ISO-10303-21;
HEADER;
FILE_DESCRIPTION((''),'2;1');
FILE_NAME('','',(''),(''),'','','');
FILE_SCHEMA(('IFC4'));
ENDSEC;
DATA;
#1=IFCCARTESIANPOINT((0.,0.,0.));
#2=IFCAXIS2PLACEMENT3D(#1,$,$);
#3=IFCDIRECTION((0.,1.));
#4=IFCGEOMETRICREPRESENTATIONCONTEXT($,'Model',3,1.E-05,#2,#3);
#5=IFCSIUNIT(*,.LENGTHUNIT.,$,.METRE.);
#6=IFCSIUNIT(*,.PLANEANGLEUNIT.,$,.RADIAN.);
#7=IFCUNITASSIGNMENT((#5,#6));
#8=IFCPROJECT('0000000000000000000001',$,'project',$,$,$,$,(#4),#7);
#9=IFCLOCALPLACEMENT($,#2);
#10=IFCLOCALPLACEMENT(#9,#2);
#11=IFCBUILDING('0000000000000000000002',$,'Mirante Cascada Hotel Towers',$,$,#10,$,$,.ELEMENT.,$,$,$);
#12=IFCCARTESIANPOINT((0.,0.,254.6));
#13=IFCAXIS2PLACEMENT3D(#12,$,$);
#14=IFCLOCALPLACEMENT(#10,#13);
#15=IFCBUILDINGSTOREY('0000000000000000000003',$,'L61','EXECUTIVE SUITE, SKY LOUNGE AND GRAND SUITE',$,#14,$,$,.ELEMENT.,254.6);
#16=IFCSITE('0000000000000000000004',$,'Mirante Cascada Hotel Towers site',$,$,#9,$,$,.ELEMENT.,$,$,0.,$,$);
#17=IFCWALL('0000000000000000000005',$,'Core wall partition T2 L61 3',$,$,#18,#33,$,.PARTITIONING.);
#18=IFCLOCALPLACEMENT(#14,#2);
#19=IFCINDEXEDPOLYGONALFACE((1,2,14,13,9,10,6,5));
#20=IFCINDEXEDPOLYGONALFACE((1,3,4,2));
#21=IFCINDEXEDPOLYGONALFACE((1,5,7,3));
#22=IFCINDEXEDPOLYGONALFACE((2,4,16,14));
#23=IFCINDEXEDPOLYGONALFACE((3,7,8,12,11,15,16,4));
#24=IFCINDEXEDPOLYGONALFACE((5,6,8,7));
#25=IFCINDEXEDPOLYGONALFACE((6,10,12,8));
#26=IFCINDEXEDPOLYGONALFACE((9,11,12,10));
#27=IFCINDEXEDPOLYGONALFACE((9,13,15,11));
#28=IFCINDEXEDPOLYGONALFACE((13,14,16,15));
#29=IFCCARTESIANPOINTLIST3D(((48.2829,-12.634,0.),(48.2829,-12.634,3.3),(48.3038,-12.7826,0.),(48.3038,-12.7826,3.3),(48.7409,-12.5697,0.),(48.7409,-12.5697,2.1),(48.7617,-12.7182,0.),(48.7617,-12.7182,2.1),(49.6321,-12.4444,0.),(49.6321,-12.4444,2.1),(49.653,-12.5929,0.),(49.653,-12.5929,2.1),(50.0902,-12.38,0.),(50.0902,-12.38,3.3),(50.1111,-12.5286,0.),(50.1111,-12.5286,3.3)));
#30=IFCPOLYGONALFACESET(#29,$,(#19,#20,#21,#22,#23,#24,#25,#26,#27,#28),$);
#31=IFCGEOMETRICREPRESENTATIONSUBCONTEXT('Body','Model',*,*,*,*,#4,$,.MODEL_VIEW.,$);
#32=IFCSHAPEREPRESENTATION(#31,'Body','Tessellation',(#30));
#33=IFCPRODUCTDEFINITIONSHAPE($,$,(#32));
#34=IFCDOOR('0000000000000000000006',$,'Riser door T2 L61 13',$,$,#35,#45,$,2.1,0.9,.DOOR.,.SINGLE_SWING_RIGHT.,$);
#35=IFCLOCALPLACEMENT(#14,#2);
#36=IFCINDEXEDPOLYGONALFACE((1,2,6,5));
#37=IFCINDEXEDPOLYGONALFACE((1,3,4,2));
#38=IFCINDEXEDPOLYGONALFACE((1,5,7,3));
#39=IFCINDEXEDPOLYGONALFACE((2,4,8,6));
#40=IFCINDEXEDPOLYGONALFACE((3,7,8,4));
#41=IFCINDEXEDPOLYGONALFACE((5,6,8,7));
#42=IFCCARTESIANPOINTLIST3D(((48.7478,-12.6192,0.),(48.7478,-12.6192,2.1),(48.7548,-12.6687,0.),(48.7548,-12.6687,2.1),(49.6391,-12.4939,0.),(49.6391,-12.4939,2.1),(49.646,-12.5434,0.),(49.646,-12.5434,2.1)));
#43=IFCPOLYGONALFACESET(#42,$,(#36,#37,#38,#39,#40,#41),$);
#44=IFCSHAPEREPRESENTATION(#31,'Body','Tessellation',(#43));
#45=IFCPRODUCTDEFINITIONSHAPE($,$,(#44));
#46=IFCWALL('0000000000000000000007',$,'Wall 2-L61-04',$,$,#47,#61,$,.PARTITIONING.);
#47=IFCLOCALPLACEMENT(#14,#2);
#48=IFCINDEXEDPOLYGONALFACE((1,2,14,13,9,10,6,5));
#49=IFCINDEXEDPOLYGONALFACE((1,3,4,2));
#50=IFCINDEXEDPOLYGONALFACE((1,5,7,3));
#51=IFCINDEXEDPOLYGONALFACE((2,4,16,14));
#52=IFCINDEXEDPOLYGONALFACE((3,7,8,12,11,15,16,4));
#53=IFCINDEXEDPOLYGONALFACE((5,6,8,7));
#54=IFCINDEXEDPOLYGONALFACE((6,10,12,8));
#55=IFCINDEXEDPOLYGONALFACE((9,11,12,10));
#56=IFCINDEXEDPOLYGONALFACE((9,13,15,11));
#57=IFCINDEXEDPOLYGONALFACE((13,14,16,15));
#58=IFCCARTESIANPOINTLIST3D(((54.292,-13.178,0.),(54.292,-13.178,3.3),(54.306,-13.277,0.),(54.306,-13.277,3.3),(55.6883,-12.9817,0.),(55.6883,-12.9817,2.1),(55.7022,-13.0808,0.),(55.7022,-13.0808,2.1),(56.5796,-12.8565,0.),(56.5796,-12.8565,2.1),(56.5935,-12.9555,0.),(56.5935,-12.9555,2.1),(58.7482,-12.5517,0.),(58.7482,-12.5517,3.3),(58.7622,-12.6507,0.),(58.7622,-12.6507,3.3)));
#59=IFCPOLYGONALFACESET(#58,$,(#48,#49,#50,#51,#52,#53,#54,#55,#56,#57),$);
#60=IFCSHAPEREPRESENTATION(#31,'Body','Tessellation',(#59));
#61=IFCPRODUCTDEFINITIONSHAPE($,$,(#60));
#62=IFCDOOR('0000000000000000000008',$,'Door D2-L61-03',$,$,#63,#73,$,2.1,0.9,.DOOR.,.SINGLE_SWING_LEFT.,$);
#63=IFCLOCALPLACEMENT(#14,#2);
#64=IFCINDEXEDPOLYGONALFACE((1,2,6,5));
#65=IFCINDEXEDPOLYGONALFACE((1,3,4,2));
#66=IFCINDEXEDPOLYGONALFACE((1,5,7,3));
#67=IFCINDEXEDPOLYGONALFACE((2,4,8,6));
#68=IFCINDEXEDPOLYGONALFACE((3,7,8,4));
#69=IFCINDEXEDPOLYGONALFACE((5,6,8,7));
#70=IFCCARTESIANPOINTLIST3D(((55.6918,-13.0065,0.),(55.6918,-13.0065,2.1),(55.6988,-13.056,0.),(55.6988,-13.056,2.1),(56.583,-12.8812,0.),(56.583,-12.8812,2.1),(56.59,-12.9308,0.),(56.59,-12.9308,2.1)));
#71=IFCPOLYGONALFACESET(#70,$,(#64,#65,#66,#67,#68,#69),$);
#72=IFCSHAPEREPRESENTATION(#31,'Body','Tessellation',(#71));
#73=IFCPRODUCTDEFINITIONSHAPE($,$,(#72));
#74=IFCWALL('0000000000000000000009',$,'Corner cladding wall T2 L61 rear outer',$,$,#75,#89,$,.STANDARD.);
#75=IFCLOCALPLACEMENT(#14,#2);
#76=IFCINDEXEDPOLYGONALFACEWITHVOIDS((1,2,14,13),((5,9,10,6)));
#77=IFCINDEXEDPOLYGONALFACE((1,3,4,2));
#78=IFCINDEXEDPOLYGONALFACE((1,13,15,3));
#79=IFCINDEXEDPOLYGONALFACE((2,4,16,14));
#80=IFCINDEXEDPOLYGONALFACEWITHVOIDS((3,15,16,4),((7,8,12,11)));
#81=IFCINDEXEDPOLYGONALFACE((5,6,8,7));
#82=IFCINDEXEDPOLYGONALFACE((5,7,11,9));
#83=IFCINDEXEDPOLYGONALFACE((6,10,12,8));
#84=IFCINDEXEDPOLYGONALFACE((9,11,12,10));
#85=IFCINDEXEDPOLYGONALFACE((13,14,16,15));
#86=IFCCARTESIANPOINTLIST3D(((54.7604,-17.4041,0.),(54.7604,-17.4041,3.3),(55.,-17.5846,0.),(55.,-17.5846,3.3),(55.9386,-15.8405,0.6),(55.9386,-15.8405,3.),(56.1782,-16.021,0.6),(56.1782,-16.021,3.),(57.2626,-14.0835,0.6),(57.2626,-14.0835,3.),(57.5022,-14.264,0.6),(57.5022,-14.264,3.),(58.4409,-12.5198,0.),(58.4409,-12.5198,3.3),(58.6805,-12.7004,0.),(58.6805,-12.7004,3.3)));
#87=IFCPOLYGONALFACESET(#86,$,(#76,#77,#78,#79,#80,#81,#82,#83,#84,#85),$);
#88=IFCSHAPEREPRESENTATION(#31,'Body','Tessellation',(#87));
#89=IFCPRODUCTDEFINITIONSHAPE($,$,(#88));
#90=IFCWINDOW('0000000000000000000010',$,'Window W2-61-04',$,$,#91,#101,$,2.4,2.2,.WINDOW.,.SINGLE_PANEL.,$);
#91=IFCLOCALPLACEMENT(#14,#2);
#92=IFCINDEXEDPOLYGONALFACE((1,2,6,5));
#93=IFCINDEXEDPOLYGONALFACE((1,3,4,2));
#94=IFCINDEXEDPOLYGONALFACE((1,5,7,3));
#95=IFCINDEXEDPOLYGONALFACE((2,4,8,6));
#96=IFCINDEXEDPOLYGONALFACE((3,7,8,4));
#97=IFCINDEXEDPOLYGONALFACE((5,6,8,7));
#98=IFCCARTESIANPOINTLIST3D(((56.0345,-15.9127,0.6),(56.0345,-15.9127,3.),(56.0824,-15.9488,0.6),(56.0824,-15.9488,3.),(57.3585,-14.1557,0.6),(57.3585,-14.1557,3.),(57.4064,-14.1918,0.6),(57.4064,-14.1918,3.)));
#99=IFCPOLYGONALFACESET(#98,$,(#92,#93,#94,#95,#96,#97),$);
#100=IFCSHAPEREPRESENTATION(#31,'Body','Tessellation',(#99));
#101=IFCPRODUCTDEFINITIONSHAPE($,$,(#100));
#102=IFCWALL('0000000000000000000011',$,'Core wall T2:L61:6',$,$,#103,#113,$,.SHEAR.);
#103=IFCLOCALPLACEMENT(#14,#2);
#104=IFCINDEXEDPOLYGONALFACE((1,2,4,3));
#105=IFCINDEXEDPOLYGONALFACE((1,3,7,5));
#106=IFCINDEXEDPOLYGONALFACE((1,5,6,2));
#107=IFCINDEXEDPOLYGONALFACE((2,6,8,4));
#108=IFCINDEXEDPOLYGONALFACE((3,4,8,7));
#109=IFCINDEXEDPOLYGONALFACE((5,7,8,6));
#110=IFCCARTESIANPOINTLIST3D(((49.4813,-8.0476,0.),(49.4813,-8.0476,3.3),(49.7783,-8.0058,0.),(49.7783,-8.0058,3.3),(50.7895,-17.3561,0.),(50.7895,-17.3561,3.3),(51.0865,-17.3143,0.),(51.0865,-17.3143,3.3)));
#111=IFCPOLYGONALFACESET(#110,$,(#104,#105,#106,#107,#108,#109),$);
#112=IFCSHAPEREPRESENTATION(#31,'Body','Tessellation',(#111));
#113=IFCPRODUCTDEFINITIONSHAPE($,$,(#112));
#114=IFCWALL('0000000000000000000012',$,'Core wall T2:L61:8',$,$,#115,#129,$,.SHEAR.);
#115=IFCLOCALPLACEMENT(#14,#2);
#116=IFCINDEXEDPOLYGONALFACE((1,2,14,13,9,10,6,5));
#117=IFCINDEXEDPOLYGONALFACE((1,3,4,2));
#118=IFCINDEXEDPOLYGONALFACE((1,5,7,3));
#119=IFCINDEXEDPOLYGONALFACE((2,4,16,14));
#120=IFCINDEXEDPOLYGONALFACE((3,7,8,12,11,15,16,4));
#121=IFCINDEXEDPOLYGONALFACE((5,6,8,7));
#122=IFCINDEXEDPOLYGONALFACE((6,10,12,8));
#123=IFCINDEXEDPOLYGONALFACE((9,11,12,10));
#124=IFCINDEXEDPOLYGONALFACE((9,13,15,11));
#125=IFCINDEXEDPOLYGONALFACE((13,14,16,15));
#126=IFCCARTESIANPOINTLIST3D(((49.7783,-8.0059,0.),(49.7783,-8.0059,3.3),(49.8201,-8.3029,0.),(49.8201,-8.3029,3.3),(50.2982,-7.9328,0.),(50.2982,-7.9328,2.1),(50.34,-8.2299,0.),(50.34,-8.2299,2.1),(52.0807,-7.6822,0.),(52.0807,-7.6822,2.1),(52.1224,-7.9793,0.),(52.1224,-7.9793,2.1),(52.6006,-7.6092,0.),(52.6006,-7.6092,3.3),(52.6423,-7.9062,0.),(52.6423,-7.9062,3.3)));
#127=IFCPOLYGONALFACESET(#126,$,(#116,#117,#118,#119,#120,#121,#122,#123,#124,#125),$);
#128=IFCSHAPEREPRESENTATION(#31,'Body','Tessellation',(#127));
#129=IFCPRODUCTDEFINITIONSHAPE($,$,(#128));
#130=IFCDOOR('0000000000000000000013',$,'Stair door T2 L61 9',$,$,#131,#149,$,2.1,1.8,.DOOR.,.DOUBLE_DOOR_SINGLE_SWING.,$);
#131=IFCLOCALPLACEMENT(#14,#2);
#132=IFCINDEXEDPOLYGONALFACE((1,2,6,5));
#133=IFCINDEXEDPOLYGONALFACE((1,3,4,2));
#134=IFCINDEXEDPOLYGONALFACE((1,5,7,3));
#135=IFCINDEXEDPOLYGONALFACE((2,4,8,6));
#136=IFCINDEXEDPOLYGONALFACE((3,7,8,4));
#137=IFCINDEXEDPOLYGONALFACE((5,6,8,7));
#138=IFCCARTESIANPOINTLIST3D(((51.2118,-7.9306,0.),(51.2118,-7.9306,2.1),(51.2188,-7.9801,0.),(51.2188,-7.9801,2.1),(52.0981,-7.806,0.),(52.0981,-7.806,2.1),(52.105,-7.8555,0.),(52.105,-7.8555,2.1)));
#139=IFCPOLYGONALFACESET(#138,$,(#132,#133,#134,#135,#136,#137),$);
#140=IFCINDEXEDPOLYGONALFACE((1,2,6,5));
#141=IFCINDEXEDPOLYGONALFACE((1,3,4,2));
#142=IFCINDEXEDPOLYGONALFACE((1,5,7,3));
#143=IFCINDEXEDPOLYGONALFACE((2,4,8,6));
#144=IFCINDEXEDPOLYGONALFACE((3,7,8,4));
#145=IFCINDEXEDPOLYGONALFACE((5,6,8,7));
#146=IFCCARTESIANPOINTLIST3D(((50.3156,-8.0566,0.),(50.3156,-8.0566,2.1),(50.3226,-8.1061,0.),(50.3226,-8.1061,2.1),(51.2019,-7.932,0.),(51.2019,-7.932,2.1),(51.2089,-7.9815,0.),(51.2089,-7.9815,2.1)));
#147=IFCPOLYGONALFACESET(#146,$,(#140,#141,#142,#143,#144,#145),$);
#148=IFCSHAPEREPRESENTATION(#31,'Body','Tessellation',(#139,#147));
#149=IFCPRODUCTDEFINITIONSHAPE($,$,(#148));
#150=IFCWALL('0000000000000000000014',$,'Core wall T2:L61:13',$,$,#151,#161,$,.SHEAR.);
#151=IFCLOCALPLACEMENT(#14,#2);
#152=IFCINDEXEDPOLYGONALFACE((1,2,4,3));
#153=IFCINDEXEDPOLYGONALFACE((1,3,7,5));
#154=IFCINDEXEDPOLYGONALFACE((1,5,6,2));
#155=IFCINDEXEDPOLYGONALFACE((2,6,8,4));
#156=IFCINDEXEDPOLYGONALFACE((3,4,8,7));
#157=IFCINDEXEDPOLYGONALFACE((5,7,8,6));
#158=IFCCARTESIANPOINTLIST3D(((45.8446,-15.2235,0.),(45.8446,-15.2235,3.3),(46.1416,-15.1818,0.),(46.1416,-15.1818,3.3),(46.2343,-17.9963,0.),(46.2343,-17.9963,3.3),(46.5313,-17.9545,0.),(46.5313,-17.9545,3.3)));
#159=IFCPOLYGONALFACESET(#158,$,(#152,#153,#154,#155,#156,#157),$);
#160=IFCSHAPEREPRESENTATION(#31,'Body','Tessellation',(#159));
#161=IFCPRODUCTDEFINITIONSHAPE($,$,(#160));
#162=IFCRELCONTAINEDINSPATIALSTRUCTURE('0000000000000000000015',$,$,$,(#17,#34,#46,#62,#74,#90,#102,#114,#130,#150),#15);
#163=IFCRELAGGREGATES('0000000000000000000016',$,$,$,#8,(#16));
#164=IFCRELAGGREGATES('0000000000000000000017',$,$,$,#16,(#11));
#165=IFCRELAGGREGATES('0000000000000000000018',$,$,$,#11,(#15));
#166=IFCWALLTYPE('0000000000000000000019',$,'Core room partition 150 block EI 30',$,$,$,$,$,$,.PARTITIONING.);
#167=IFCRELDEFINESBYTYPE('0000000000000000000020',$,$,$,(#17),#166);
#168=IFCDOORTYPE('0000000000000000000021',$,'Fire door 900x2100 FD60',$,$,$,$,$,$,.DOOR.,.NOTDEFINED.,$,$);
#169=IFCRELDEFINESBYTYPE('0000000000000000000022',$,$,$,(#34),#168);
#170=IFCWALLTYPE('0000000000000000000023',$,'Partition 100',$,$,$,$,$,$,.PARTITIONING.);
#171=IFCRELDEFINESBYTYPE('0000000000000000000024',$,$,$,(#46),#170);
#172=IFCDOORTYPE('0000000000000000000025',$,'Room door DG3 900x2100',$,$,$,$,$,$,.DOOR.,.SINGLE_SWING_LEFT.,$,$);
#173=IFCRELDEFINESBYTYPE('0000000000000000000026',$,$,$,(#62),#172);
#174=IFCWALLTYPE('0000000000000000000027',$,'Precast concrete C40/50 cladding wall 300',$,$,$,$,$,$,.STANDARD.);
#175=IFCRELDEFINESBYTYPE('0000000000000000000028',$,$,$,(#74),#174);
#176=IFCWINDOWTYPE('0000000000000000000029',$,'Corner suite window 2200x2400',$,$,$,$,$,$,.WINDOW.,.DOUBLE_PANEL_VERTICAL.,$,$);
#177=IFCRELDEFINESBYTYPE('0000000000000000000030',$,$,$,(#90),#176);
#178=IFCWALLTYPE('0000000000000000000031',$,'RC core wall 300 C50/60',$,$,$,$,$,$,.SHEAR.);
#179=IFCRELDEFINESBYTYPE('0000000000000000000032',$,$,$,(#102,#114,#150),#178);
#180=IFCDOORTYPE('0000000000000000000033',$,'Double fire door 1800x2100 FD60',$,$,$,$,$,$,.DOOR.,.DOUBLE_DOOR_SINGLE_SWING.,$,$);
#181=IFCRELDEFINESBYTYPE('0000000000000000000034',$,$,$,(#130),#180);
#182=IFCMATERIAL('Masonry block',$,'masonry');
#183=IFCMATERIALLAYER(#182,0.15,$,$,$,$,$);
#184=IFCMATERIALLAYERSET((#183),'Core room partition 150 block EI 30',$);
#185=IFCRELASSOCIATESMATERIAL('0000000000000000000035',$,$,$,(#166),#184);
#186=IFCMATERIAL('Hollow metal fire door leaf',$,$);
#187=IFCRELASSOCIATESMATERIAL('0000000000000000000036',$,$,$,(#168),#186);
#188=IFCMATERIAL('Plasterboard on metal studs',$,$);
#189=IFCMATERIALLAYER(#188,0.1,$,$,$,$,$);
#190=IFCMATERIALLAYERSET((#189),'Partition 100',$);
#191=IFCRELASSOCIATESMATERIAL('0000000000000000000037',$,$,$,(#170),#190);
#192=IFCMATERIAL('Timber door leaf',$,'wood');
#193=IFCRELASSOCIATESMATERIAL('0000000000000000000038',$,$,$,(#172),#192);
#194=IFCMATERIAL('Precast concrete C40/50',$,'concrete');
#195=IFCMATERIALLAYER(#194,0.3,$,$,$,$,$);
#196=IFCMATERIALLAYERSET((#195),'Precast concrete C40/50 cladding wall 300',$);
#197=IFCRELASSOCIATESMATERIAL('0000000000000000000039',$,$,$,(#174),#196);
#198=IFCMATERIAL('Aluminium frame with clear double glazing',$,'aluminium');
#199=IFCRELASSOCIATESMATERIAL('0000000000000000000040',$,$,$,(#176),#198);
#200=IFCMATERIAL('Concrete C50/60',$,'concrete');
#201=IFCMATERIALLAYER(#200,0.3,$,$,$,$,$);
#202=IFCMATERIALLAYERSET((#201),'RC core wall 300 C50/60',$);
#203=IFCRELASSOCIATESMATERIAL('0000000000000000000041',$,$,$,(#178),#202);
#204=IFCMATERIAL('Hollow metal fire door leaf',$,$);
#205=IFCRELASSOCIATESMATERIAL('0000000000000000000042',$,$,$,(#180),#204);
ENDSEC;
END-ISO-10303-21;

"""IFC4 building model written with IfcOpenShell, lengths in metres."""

from ifc_helpers import new_model, si_unit, direction, frame, frame_2d, origin, place, context, subcontext, project, spatial, rectangle, extrude, material, layer, layer_set, type_object, element, fill, save


model = new_model("IFC4")

# Units and contexts
model_context = context("Model", 3, precision=1e-05, world=origin(), true_north=direction((0.0, 1.0)))
body_context = subcontext(model_context, "Body", "Model", "MODEL_VIEW")
ifc_project = project(units=[si_unit("LENGTHUNIT", "METRE"), si_unit("PLANEANGLEUNIT", "RADIAN")], contexts=[model_context])

# Site, building, storey
site_placement = place(None, origin())
site = spatial("IfcSite", under=ifc_project, at=site_placement, Name="Mirante Cascada Hotel Towers site", CompositionType="ELEMENT", RefElevation=0.0)
building_placement = place(site_placement, origin())
building = spatial("IfcBuilding", under=site, at=building_placement, Name="Mirante Cascada Hotel Towers", CompositionType="ELEMENT")
storey_placement = place(building_placement, frame((0.0, 0.0, 254.6)))
storey = spatial("IfcBuildingStorey", under=building, at=storey_placement, Name="L61", Description="EXECUTIVE SUITE, SKY LOUNGE AND GRAND SUITE", CompositionType="ELEMENT", Elevation=254.6)

# Shared definitions
ifc_material_1 = material(Name="Masonry block", Category="masonry")
ifc_layer_1 = layer(ifc_material_1, 0.15)
ifc_layer_set_1 = layer_set([ifc_layer_1], Name="Core room partition 150 block EI 30")
wall_type_1 = type_object("IfcWallType", Name="Core room partition 150 block EI 30", PredefinedType="PARTITIONING", material=ifc_layer_set_1)

# Walls, openings, doors
wall_1_placement = place(storey_placement, frame((48.2933, -12.7083, 0.0), z_axis=(0.0, 0.0, 1.0), x_axis=(0.990268, 0.139173, 0.0)))
wall_1 = element("IfcWall", 1, at=wall_1_placement, inside=storey, type_object=wall_type_1, Name="Core wall partition T2 L61 3", PredefinedType="PARTITIONING", context=body_context, shape_type="SweptSolid", body=[
    extrude(rectangle(XDim=1.8251, YDim=0.15, at=frame_2d((0.9126, 0.0))), origin(), (0.0, 0.0, 1.0), 3.3),
])
opening_1_placement = place(wall_1_placement, frame((0.4625, 0.0, 0.0)))
opening_1 = element("IfcOpeningElement", 2, at=opening_1_placement, cuts=wall_1, PredefinedType="OPENING", context=body_context, shape_type="SweptSolid", body=[
    extrude(rectangle(XDim=0.9, YDim=2.1, at=frame_2d((0.45, 1.05))), frame((0.0, 0.075, 0.0), z_axis=(0.0, -1.0, 0.0), x_axis=(1.0, 0.0, 0.0)), (0.0, 0.0, 1.0), 0.15),
])
ifc_material_2 = material(Name="Hollow metal fire door leaf")
door_type_1 = type_object("IfcDoorType", Name="Fire door 900x2100 FD60", OperationType="NOTDEFINED", PredefinedType="DOOR", material=ifc_material_2)
door_1_placement = place(opening_1_placement, frame((0.9, 0.0, 0.0), z_axis=(0.0, 0.0, 1.0), x_axis=(-1.0, 0.0, 0.0)))
door_1 = element("IfcDoor", 3, at=door_1_placement, inside=storey, type_object=door_type_1, Name="Riser door T2 L61 13", OperationType="SINGLE_SWING_RIGHT", OverallHeight=2.1, OverallWidth=0.9, PredefinedType="DOOR", context=body_context, shape_type="SweptSolid", body=[
    extrude(rectangle(XDim=0.9, YDim=2.1, at=frame_2d((0.45, 1.05))), frame((0.0, 0.025, 0.0), z_axis=(0.0, -1.0, 0.0), x_axis=(1.0, 0.0, 0.0)), (0.0, 0.0, 1.0), 0.05),
])
fill(opening_1, door_1)
ifc_material_3 = material(Name="Plasterboard on metal studs")
ifc_layer_2 = layer(ifc_material_3, 0.1)
ifc_layer_set_2 = layer_set([ifc_layer_2], Name="Partition 100")
wall_type_2 = type_object("IfcWallType", Name="Partition 100", PredefinedType="PARTITIONING", material=ifc_layer_set_2)
wall_2_placement = place(storey_placement, frame((54.299, -13.2275, 0.0), z_axis=(0.0, 0.0, 1.0), x_axis=(0.990267, 0.139178, 0.0)))
wall_2 = element("IfcWall", 4, at=wall_2_placement, inside=storey, type_object=wall_type_2, Name="Wall 2-L61-04", PredefinedType="PARTITIONING", context=body_context, shape_type="SweptSolid", body=[
    extrude(rectangle(XDim=4.5, YDim=0.1, at=frame_2d((2.25, 0.0))), origin(), (0.0, 0.0, 1.0), 3.3),
])
opening_2_placement = place(wall_2_placement, frame((1.41, 0.0, 0.0)))
opening_2 = element("IfcOpeningElement", 5, at=opening_2_placement, cuts=wall_2, PredefinedType="OPENING", context=body_context, shape_type="SweptSolid", body=[
    extrude(rectangle(XDim=0.9, YDim=2.1, at=frame_2d((0.45, 1.05))), frame((0.0, 0.05, 0.0), z_axis=(0.0, -1.0, 0.0), x_axis=(1.0, 0.0, 0.0)), (0.0, 0.0, 1.0), 0.1),
])
ifc_material_4 = material(Name="Timber door leaf", Category="wood")
door_type_2 = type_object("IfcDoorType", Name="Room door DG3 900x2100", OperationType="SINGLE_SWING_LEFT", PredefinedType="DOOR", material=ifc_material_4)
door_2_placement = place(opening_2_placement, origin())
door_2 = element("IfcDoor", 6, at=door_2_placement, inside=storey, type_object=door_type_2, Name="Door D2-L61-03", OperationType="SINGLE_SWING_LEFT", OverallHeight=2.1, OverallWidth=0.9, PredefinedType="DOOR", context=body_context, shape_type="SweptSolid", body=[
    extrude(rectangle(XDim=0.9, YDim=2.1, at=frame_2d((0.45, 1.05))), frame((0.0, 0.025, 0.0), z_axis=(0.0, -1.0, 0.0), x_axis=(1.0, 0.0, 0.0)), (0.0, 0.0, 1.0), 0.05),
])
fill(opening_2, door_2)

# Wall, opening, window
ifc_material_5 = material(Name="Precast concrete C40/50", Category="concrete")
ifc_layer_3 = layer(ifc_material_5, 0.3)
ifc_layer_set_3 = layer_set([ifc_layer_3], Name="Precast concrete C40/50 cladding wall 300")
wall_type_3 = type_object("IfcWallType", Name="Precast concrete C40/50 cladding wall 300", PredefinedType="STANDARD", material=ifc_layer_set_3)
wall_3_placement = place(storey_placement, frame((54.8802, -17.4943, 0.0), z_axis=(0.0, 0.0, 1.0), x_axis=(0.601814, 0.798636, 0.0)))
wall_3 = element("IfcWall", 7, at=wall_3_placement, inside=storey, type_object=wall_type_3, Name="Corner cladding wall T2 L61 rear outer", PredefinedType="STANDARD", context=body_context, shape_type="SweptSolid", body=[
    extrude(rectangle(XDim=6.1157, YDim=0.3, at=frame_2d((3.0578, 0.0))), origin(), (0.0, 0.0, 1.0), 3.3),
])
opening_3_placement = place(wall_3_placement, frame((1.9578, 0.0, 0.6)))
opening_3 = element("IfcOpeningElement", 8, at=opening_3_placement, cuts=wall_3, PredefinedType="OPENING", context=body_context, shape_type="SweptSolid", body=[
    extrude(rectangle(XDim=2.2, YDim=2.4, at=frame_2d((1.1, 1.2))), frame((0.0, 0.15, 0.0), z_axis=(0.0, -1.0, 0.0), x_axis=(1.0, 0.0, 0.0)), (0.0, 0.0, 1.0), 0.3),
])
ifc_material_6 = material(Name="Aluminium frame with clear double glazing", Category="aluminium")
window_type = type_object("IfcWindowType", Name="Corner suite window 2200x2400", PartitioningType="DOUBLE_PANEL_VERTICAL", PredefinedType="WINDOW", material=ifc_material_6)
window_placement = place(opening_3_placement, origin())
window = element("IfcWindow", 9, at=window_placement, inside=storey, type_object=window_type, Name="Window W2-61-04", OverallHeight=2.4, OverallWidth=2.2, PartitioningType="SINGLE_PANEL", PredefinedType="WINDOW", context=body_context, shape_type="SweptSolid", body=[
    extrude(rectangle(XDim=2.2, YDim=2.4, at=frame_2d((1.1, 1.2))), frame((0.0, 0.03, 0.0), z_axis=(0.0, -1.0, 0.0), x_axis=(1.0, 0.0, 0.0)), (0.0, 0.0, 1.0), 0.06),
])
fill(opening_3, window)

# Wall
ifc_material_7 = material(Name="Concrete C50/60", Category="concrete")
ifc_layer_4 = layer(ifc_material_7, 0.3)
ifc_layer_set_4 = layer_set([ifc_layer_4], Name="RC core wall 300 C50/60")
wall_type_4 = type_object("IfcWallType", Name="RC core wall 300 C50/60", PredefinedType="SHEAR", material=ifc_layer_set_4)
wall_4_placement = place(storey_placement, frame((50.938, -17.3352, 0.0), z_axis=(0.0, 0.0, 1.0), x_axis=(-0.139171, 0.990268, 0.0)))
element("IfcWall", 10, at=wall_4_placement, inside=storey, type_object=wall_type_4, Name="Core wall T2:L61:6", PredefinedType="SHEAR", context=body_context, shape_type="SweptSolid", body=[
    extrude(rectangle(XDim=9.4, YDim=0.3, at=frame_2d((4.7, 0.0))), origin(), (0.0, 0.0, 1.0), 3.3),
])

# Wall, opening, door
wall_5_placement = place(storey_placement, frame((49.7992, -8.1544, 0.0), z_axis=(0.0, 0.0, 1.0), x_axis=(0.990266, 0.139191, 0.0)))
wall_5 = element("IfcWall", 11, at=wall_5_placement, inside=storey, type_object=wall_type_4, Name="Core wall T2:L61:8", PredefinedType="SHEAR", context=body_context, shape_type="SweptSolid", body=[
    extrude(rectangle(XDim=2.85, YDim=0.3, at=frame_2d((1.425, 0.0))), origin(), (0.0, 0.0, 1.0), 3.3),
])
opening_4_placement = place(wall_5_placement, frame((0.525, 0.0, 0.0)))
opening_4 = element("IfcOpeningElement", 12, at=opening_4_placement, cuts=wall_5, PredefinedType="OPENING", context=body_context, shape_type="SweptSolid", body=[
    extrude(rectangle(XDim=1.8, YDim=2.1, at=frame_2d((0.9, 1.05))), frame((0.0, 0.15, 0.0), z_axis=(0.0, -1.0, 0.0), x_axis=(1.0, 0.0, 0.0)), (0.0, 0.0, 1.0), 0.3),
])
ifc_material_8 = material(Name="Hollow metal fire door leaf")
door_type_3 = type_object("IfcDoorType", Name="Double fire door 1800x2100 FD60", OperationType="DOUBLE_DOOR_SINGLE_SWING", PredefinedType="DOOR", material=ifc_material_8)
door_3_placement = place(opening_4_placement, frame((1.8, 0.0, 0.0), z_axis=(0.0, 0.0, 1.0), x_axis=(-1.0, 0.0, 0.0)))
door_3 = element("IfcDoor", 13, at=door_3_placement, inside=storey, type_object=door_type_3, Name="Stair door T2 L61 9", OperationType="DOUBLE_DOOR_SINGLE_SWING", OverallHeight=2.1, OverallWidth=1.8, PredefinedType="DOOR", context=body_context, shape_type="SweptSolid", body=[
    extrude(rectangle(XDim=0.895, YDim=2.1, at=frame_2d((0.4475, 1.05))), frame((0.0, 0.025, 0.0), z_axis=(0.0, -1.0, 0.0), x_axis=(1.0, 0.0, 0.0)), (0.0, 0.0, 1.0), 0.05),
    extrude(rectangle(XDim=0.895, YDim=2.1, at=frame_2d((1.3525, 1.05))), frame((0.0, 0.025, 0.0), z_axis=(0.0, -1.0, 0.0), x_axis=(1.0, 0.0, 0.0)), (0.0, 0.0, 1.0), 0.05),
])
fill(opening_4, door_3)

# Wall
wall_6_placement = place(storey_placement, frame((46.3828, -17.9754, 0.0), z_axis=(0.0, 0.0, 1.0), x_axis=(-0.139181, 0.990267, 0.0)))
element("IfcWall", 14, at=wall_6_placement, inside=storey, type_object=wall_type_4, Name="Core wall T2:L61:13", PredefinedType="SHEAR", context=body_context, shape_type="SweptSolid", body=[
    extrude(rectangle(XDim=2.8, YDim=0.3, at=frame_2d((1.4, 0.0))), origin(), (0.0, 0.0, 1.0), 3.3),
])

save(model, "model.ifc")
